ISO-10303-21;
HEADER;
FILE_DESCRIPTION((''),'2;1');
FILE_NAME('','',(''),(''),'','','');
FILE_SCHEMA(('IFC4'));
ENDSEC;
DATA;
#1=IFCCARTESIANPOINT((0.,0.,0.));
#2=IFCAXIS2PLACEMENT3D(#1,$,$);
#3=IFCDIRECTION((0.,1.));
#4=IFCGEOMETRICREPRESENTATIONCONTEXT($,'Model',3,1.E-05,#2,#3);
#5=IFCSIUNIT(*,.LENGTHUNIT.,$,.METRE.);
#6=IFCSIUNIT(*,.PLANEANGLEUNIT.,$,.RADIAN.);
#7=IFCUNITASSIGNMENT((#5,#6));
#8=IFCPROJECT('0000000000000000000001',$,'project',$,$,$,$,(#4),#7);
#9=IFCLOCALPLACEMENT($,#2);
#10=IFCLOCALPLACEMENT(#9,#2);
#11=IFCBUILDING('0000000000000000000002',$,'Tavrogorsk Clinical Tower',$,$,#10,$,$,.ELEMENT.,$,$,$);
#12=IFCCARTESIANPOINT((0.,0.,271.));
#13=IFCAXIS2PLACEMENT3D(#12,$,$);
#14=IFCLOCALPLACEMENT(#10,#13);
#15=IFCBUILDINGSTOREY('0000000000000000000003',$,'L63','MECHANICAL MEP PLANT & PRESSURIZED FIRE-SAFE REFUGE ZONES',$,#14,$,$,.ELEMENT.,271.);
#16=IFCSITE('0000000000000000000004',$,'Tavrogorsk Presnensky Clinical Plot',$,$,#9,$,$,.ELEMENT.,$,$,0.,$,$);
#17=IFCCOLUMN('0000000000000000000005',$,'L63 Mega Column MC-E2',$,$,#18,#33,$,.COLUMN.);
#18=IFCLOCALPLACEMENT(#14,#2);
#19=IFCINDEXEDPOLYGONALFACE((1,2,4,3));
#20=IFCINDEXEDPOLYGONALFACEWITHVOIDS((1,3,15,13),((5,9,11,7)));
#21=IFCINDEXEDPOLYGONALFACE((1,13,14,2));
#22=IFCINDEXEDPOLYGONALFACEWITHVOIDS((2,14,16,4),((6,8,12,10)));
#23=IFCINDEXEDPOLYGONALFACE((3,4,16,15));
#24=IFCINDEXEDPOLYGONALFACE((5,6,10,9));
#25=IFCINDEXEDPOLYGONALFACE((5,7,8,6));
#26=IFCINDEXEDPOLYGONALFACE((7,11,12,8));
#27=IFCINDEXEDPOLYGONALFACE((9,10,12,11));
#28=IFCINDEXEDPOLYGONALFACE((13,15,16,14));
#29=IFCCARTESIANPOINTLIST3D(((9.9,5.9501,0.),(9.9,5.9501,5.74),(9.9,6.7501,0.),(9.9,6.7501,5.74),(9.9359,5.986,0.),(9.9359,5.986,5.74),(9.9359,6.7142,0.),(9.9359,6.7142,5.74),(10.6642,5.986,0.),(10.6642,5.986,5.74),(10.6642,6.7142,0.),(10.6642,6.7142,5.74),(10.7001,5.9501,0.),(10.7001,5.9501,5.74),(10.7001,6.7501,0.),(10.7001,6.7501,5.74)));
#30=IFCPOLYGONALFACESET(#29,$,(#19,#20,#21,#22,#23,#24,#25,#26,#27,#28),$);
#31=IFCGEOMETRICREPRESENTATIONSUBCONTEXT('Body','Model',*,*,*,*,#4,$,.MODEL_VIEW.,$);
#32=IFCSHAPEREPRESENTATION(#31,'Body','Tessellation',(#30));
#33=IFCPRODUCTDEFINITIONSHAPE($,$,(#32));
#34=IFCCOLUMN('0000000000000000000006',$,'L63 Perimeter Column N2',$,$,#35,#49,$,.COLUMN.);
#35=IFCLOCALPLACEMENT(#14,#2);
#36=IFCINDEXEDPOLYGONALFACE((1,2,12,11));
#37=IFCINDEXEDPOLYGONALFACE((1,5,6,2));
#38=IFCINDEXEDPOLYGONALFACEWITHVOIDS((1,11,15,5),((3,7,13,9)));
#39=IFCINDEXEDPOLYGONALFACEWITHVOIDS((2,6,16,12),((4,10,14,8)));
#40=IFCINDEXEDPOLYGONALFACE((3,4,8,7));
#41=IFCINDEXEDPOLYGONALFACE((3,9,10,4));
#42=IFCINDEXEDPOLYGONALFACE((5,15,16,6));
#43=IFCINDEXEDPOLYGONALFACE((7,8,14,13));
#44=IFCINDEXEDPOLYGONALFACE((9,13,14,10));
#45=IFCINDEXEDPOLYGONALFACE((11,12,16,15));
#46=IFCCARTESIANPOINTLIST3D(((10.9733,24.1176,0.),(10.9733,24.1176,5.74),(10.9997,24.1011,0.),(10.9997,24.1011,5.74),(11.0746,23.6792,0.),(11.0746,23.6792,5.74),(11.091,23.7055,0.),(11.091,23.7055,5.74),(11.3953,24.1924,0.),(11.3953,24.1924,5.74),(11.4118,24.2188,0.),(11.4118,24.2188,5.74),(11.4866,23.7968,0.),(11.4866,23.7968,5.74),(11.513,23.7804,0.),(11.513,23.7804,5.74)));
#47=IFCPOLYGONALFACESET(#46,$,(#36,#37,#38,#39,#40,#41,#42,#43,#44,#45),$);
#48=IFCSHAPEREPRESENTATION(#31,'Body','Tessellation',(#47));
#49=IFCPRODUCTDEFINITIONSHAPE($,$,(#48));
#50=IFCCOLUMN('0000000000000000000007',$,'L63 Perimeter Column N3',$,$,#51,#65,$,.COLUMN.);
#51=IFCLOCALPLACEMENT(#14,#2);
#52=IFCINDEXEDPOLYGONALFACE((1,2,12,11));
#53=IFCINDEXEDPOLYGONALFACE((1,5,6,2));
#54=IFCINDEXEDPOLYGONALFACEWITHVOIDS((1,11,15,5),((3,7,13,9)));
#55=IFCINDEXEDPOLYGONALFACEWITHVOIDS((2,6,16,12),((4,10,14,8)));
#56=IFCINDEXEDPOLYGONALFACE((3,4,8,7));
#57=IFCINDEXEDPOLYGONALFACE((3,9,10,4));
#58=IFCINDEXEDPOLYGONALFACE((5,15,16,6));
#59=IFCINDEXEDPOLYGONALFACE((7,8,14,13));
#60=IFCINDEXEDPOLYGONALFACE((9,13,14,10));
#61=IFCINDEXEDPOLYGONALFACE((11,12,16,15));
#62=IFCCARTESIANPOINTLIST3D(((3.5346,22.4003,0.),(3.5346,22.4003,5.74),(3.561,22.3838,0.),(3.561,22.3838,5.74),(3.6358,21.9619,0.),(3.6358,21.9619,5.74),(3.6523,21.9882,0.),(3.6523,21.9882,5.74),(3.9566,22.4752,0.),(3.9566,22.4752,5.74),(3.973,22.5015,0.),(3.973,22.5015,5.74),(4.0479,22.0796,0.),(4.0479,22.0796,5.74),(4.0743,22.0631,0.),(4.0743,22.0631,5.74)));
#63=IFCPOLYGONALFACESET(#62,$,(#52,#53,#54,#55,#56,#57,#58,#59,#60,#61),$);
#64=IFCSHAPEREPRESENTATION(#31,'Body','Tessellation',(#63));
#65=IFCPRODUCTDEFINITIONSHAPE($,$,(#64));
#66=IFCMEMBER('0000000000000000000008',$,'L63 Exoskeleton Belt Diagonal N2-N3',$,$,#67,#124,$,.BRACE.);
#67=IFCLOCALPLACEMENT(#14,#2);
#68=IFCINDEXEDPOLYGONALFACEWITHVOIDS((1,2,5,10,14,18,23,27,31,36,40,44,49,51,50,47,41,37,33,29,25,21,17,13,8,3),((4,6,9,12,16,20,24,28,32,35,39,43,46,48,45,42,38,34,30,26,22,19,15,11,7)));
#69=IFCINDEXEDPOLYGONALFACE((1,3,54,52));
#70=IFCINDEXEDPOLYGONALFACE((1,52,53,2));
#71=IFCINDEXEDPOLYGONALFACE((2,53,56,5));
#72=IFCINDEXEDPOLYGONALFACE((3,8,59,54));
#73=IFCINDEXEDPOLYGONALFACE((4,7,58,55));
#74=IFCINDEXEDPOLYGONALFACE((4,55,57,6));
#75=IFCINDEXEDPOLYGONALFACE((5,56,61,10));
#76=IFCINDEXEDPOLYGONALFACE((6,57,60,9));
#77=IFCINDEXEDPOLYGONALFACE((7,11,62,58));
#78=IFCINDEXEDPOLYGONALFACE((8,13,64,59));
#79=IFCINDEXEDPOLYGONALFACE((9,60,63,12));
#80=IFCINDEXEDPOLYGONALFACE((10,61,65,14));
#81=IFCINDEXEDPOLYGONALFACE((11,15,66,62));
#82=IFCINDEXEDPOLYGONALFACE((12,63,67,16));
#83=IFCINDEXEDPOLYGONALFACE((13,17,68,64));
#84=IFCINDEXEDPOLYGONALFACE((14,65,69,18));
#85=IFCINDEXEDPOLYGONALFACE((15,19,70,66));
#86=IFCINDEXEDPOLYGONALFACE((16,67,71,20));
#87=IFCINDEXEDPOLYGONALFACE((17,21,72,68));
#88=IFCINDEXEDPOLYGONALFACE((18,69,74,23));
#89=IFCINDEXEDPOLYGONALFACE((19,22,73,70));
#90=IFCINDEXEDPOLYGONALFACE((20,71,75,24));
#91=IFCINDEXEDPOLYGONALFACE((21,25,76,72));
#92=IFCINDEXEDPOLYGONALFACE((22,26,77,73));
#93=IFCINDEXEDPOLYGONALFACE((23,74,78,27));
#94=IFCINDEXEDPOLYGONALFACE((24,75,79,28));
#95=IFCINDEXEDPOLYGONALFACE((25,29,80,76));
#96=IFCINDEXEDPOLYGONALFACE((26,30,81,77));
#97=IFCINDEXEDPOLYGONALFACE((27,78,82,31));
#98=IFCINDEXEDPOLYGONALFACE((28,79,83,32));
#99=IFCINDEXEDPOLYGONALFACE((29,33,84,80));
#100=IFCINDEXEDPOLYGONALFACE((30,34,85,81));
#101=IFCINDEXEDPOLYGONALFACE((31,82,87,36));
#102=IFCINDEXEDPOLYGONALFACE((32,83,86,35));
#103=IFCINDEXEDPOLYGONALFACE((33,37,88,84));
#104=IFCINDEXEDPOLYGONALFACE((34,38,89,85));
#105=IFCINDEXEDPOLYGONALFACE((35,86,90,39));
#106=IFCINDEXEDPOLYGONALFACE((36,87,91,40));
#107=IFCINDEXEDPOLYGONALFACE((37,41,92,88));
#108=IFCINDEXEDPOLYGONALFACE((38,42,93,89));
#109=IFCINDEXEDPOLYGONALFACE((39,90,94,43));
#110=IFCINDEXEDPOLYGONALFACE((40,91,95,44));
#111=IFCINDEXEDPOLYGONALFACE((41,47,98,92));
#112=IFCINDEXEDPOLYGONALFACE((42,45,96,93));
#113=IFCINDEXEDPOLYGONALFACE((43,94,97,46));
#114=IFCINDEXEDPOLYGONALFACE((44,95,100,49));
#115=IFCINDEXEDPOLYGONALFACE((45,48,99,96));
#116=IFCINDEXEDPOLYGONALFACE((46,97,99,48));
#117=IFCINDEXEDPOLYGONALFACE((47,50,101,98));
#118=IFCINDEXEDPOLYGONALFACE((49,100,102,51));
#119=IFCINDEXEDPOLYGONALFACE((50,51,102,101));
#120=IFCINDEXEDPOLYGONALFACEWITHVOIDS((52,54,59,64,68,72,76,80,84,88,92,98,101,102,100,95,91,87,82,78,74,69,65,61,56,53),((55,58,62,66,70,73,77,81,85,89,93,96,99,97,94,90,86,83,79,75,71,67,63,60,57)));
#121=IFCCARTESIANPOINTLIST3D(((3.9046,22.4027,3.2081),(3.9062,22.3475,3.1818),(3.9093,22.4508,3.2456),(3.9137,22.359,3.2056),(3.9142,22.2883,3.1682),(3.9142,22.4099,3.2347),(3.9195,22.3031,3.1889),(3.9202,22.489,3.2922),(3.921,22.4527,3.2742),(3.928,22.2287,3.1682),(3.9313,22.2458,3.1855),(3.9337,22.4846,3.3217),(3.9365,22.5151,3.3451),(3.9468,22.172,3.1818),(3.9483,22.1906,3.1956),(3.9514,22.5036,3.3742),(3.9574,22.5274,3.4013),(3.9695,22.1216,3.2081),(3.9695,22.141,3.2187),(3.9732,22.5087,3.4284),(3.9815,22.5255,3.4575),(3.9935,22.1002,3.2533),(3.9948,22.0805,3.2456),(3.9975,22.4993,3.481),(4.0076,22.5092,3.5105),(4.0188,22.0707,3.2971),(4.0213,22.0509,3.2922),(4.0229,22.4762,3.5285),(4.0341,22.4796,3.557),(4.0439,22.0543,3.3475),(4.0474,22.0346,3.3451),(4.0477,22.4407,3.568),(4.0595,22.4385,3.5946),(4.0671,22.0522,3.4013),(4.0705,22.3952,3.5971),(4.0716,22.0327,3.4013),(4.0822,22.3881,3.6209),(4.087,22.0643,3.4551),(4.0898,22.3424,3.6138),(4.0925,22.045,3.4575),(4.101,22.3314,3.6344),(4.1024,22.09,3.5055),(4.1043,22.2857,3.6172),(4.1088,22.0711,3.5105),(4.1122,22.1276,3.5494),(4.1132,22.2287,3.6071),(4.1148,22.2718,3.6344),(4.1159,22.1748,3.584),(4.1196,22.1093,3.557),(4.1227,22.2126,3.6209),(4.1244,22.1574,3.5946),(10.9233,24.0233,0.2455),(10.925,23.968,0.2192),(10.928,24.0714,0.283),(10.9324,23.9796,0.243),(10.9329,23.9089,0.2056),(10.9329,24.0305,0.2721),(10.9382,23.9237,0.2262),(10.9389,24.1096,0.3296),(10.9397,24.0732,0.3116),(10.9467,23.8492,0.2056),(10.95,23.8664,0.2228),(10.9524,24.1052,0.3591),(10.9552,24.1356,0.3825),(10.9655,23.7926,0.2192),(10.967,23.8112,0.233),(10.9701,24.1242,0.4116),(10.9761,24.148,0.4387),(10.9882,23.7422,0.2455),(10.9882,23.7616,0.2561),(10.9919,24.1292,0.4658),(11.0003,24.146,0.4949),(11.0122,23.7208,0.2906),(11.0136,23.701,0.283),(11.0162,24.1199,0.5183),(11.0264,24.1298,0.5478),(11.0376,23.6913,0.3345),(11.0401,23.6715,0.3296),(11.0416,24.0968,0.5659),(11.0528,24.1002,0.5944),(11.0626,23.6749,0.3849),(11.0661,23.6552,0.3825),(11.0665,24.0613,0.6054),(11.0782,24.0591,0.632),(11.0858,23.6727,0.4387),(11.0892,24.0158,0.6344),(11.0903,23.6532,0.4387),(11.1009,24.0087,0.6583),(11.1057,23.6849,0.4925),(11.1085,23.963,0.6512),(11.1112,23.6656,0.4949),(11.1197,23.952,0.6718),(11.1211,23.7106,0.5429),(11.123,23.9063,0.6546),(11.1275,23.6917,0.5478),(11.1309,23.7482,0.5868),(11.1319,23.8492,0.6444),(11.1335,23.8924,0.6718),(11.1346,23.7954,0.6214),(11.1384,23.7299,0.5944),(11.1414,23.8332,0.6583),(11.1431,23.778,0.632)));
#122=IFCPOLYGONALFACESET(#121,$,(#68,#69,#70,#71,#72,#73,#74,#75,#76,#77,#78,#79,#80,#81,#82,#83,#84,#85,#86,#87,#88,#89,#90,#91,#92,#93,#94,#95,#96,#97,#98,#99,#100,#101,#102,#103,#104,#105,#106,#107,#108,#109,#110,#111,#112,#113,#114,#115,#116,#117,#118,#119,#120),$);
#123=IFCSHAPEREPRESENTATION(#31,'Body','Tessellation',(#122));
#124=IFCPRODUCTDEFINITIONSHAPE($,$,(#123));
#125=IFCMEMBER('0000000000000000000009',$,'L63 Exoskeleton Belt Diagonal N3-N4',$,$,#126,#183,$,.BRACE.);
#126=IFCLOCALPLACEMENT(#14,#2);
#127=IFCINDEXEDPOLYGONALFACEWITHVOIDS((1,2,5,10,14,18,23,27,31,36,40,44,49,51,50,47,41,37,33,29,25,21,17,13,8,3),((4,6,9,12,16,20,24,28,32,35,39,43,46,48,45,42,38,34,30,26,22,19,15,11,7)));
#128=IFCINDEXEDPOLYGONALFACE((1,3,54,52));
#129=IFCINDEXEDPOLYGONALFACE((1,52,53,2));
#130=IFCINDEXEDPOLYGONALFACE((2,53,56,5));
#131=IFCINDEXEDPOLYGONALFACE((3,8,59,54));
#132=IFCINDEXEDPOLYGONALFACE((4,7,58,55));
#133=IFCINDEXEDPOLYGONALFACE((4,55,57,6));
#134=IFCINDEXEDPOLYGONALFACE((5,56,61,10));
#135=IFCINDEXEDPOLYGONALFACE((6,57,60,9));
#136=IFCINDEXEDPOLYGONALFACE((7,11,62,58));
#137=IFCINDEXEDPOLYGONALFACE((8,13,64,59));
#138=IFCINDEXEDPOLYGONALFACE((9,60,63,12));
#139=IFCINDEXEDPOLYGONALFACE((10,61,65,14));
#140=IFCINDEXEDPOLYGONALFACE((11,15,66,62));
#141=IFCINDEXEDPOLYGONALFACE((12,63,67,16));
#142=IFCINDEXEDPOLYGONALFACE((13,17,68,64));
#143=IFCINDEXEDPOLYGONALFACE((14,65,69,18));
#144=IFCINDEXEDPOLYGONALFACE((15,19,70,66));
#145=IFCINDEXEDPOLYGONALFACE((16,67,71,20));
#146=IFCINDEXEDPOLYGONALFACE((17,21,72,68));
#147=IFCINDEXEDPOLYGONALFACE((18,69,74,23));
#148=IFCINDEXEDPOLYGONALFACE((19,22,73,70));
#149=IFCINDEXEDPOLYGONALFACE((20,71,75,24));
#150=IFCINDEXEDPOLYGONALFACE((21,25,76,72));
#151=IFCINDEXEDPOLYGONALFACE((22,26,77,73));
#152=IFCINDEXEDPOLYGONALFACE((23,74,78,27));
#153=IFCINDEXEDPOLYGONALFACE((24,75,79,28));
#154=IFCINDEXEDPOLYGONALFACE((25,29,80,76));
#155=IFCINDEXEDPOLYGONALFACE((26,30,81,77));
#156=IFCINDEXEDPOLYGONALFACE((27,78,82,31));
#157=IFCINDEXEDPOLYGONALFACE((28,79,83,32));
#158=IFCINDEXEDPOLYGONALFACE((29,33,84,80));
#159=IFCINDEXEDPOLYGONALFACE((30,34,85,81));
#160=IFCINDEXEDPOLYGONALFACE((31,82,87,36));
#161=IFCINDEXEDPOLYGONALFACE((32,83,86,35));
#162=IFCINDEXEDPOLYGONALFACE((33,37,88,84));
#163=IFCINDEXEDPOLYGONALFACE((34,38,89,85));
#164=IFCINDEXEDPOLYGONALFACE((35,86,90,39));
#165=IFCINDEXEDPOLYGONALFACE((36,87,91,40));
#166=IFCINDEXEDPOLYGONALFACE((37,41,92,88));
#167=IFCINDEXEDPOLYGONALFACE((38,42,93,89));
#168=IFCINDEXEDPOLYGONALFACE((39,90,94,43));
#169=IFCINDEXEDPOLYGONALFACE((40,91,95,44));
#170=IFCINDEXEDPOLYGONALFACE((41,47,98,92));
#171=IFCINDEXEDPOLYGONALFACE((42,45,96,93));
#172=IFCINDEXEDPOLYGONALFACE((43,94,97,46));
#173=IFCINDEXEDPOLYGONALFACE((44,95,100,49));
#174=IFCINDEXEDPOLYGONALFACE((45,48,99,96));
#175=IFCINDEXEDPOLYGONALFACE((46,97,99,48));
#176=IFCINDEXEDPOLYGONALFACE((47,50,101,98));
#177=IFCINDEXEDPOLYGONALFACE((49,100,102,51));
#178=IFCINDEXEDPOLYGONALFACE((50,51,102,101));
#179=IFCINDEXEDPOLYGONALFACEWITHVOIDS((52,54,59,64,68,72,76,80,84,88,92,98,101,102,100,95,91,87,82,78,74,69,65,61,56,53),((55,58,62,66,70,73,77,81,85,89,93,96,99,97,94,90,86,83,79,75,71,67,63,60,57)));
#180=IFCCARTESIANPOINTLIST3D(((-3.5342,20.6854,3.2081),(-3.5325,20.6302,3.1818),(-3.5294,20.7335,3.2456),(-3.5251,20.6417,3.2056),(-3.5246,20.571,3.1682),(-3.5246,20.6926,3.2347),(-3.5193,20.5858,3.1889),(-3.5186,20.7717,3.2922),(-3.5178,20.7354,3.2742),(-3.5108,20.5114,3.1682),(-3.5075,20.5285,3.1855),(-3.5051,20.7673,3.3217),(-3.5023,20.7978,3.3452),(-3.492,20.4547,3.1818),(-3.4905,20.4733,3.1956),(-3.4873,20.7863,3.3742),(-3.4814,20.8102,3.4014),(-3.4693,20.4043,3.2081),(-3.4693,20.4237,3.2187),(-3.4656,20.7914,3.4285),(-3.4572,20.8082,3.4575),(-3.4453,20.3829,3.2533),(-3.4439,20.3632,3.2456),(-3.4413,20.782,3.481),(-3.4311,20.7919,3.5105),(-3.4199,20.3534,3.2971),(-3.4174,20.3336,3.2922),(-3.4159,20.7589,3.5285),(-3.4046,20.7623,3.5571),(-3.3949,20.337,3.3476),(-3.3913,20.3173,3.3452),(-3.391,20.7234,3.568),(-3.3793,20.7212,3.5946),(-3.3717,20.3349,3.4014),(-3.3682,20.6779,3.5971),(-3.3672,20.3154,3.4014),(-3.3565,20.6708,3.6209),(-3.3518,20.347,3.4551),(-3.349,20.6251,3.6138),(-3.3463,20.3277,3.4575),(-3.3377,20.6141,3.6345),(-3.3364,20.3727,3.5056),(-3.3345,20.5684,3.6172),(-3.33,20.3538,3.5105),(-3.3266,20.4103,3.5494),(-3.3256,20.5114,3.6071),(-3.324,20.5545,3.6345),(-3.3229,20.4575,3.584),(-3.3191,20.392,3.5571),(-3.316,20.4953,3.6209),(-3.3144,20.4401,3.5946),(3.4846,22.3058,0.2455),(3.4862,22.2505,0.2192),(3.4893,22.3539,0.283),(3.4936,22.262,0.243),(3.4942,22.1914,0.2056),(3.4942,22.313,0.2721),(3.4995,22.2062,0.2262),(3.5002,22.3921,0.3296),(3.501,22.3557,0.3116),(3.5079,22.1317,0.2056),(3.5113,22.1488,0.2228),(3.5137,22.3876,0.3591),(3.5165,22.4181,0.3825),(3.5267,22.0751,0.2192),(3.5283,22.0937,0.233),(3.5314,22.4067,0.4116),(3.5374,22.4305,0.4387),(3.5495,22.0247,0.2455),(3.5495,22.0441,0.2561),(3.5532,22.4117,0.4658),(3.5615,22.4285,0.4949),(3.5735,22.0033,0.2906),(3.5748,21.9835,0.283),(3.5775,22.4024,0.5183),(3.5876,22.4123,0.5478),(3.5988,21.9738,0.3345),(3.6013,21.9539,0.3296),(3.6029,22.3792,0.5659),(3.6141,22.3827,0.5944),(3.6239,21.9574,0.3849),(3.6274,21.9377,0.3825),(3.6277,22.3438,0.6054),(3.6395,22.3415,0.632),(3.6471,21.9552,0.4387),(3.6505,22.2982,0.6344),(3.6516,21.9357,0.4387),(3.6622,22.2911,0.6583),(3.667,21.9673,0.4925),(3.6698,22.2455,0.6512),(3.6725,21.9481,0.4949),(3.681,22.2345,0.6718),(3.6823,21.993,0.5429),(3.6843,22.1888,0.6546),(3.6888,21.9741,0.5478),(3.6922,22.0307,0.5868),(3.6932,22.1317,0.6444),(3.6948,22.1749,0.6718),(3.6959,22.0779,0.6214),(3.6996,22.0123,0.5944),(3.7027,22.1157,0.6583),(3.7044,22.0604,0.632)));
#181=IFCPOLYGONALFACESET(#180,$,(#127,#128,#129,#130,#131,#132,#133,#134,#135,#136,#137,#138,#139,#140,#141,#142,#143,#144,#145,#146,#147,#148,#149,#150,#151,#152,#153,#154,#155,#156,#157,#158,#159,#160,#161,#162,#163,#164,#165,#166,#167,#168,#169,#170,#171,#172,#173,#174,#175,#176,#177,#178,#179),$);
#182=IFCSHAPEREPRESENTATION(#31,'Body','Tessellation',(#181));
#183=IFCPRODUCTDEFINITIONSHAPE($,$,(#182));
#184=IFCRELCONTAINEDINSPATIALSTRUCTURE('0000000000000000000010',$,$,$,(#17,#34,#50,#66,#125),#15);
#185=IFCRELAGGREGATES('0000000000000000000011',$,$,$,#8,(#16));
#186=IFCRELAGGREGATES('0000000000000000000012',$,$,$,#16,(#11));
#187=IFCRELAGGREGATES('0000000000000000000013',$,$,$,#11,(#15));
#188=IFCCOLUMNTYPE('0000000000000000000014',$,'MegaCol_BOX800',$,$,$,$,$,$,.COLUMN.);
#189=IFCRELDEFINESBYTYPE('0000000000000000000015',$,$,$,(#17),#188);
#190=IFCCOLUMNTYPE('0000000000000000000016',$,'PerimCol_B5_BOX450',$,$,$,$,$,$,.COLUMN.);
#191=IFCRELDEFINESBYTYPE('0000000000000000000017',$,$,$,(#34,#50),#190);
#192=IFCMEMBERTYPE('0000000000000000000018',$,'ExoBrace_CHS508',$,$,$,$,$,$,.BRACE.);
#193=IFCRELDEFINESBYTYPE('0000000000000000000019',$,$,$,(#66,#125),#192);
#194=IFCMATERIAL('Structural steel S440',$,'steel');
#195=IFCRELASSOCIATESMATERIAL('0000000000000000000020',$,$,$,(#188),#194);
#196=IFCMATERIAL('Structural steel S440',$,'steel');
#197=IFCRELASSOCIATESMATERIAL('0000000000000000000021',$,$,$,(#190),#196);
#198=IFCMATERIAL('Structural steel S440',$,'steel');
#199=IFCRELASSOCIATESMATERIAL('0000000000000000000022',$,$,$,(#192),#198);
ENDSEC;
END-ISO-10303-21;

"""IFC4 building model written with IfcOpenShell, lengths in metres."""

from ifc_helpers import new_model, si_unit, direction, frame, origin, origin_2d, place, context, subcontext, project, spatial, hollow_rectangle, hollow_circle, extrude, material, material_profile, profile_set, type_object, element, save


model = new_model("IFC4")

# Units and contexts
model_context = context("Model", 3, precision=1e-05, world=origin(), true_north=direction((0.0, 1.0)))
body_context = subcontext(model_context, "Body", "Model", "MODEL_VIEW")
ifc_project = project(units=[si_unit("LENGTHUNIT", "METRE"), si_unit("PLANEANGLEUNIT", "RADIAN")], contexts=[model_context])

# Site, building, storey
site_placement = place(None, origin())
site = spatial("IfcSite", under=ifc_project, at=site_placement, Name="Tavrogorsk Presnensky Clinical Plot", CompositionType="ELEMENT", RefElevation=0.0)
building_placement = place(site_placement, origin())
building = spatial("IfcBuilding", under=site, at=building_placement, Name="Tavrogorsk Clinical Tower", CompositionType="ELEMENT")
storey_placement = place(building_placement, frame((0.0, 0.0, 271.0)))
storey = spatial("IfcBuildingStorey", under=building, at=storey_placement, Name="L63", Description="MECHANICAL MEP PLANT & PRESSURIZED FIRE-SAFE REFUGE ZONES", CompositionType="ELEMENT", Elevation=271.0)

# Columns
ifc_material_1 = material(Name="Structural steel S440", Category="steel")
ifc_material_profile_1 = material_profile(ifc_material_1, hollow_rectangle(XDim=0.8, YDim=0.8, WallThickness=0.0359, at=origin_2d()), Name="BOX-800x800x36")
ifc_profile_set_1 = profile_set([ifc_material_profile_1], Name="Structural steel S440")
column_type_1 = type_object("IfcColumnType", Name="MegaCol_BOX800", PredefinedType="COLUMN", material=ifc_profile_set_1)
column_placement = place(storey_placement, frame((10.3, 6.3501, 0.0), z_axis=(0.0, 0.0, 1.0), x_axis=(1.0, 0.0, 0.0)))
element("IfcColumn", 1, at=column_placement, inside=storey, type_object=column_type_1, Name="L63 Mega Column MC-E2", PredefinedType="COLUMN", context=body_context, shape_type="SweptSolid", body=[
    extrude(hollow_rectangle(XDim=0.8, YDim=0.8, WallThickness=0.0359, at=origin_2d()), origin(), (0.0, 0.0, 1.0), 5.74),
])
ifc_material_2 = material(Name="Structural steel S440", Category="steel")
ifc_material_profile_2 = material_profile(ifc_material_2, hollow_rectangle(XDim=0.45, YDim=0.45, WallThickness=0.022, at=origin_2d()), Name="BOX-450x450x22")
ifc_profile_set_2 = profile_set([ifc_material_profile_2], Name="Structural steel S440")
column_type_2 = type_object("IfcColumnType", Name="PerimCol_B5_BOX450", PredefinedType="COLUMN", material=ifc_profile_set_2)
for number, where, z_axis, x_axis, name in (
    (2, (11.2432, 23.949, 0.0), (0.0, 0.0, 1.0), (0.97437, 0.224951, 0.0), "L63 Perimeter Column N2"),
    (3, (3.8044, 22.2317, 0.0), (0.0, 0.0, 1.0), (0.97437, 0.224951, 0.0), "L63 Perimeter Column N3"),
):
    element("IfcColumn", number, at=place(storey_placement, frame(where, z_axis=z_axis, x_axis=x_axis)), inside=storey, type_object=column_type_2, Name=name, PredefinedType="COLUMN", context=body_context, shape_type="SweptSolid", body=[
        extrude(hollow_rectangle(XDim=0.45, YDim=0.45, WallThickness=0.022, at=origin_2d()), origin(), (0.0, 0.0, 1.0), 5.74),
    ])

# Members
ifc_material_3 = material(Name="Structural steel S440", Category="steel")
ifc_material_profile_3 = material_profile(ifc_material_3, hollow_circle(Radius=0.2539, WallThickness=0.02, at=origin_2d()), Name="CHS-508x20")
ifc_profile_set_3 = profile_set([ifc_material_profile_3], Name="Structural steel S440")
member_type_1 = type_object("IfcMemberType", Name="ExoBrace_CHS508", PredefinedType="BRACE", material=ifc_profile_set_3)
for number, where, z_axis, x_axis, name in (
    (4, (11.0332, 23.9006, 0.4387), (-0.901127, -0.208066, 0.380367), (0.224976, -0.974364, 0.0), "L63 Exoskeleton Belt Diagonal N2-N3"),
    (5, (3.5945, 22.1831, 0.4387), (-0.901133, -0.208036, 0.38037), (0.224944, -0.974372, 0.0), "L63 Exoskeleton Belt Diagonal N3-N4"),
):
    element("IfcMember", number, at=place(storey_placement, frame(where, z_axis=z_axis, x_axis=x_axis)), inside=storey, type_object=member_type_1, Name=name, PredefinedType="BRACE", context=body_context, shape_type="SweptSolid", body=[
        extrude(hollow_circle(Radius=0.2539, WallThickness=0.02, at=origin_2d()), origin(), (0.0, 0.0, 1.0), 7.7888),
    ])

save(model, "model.ifc")
